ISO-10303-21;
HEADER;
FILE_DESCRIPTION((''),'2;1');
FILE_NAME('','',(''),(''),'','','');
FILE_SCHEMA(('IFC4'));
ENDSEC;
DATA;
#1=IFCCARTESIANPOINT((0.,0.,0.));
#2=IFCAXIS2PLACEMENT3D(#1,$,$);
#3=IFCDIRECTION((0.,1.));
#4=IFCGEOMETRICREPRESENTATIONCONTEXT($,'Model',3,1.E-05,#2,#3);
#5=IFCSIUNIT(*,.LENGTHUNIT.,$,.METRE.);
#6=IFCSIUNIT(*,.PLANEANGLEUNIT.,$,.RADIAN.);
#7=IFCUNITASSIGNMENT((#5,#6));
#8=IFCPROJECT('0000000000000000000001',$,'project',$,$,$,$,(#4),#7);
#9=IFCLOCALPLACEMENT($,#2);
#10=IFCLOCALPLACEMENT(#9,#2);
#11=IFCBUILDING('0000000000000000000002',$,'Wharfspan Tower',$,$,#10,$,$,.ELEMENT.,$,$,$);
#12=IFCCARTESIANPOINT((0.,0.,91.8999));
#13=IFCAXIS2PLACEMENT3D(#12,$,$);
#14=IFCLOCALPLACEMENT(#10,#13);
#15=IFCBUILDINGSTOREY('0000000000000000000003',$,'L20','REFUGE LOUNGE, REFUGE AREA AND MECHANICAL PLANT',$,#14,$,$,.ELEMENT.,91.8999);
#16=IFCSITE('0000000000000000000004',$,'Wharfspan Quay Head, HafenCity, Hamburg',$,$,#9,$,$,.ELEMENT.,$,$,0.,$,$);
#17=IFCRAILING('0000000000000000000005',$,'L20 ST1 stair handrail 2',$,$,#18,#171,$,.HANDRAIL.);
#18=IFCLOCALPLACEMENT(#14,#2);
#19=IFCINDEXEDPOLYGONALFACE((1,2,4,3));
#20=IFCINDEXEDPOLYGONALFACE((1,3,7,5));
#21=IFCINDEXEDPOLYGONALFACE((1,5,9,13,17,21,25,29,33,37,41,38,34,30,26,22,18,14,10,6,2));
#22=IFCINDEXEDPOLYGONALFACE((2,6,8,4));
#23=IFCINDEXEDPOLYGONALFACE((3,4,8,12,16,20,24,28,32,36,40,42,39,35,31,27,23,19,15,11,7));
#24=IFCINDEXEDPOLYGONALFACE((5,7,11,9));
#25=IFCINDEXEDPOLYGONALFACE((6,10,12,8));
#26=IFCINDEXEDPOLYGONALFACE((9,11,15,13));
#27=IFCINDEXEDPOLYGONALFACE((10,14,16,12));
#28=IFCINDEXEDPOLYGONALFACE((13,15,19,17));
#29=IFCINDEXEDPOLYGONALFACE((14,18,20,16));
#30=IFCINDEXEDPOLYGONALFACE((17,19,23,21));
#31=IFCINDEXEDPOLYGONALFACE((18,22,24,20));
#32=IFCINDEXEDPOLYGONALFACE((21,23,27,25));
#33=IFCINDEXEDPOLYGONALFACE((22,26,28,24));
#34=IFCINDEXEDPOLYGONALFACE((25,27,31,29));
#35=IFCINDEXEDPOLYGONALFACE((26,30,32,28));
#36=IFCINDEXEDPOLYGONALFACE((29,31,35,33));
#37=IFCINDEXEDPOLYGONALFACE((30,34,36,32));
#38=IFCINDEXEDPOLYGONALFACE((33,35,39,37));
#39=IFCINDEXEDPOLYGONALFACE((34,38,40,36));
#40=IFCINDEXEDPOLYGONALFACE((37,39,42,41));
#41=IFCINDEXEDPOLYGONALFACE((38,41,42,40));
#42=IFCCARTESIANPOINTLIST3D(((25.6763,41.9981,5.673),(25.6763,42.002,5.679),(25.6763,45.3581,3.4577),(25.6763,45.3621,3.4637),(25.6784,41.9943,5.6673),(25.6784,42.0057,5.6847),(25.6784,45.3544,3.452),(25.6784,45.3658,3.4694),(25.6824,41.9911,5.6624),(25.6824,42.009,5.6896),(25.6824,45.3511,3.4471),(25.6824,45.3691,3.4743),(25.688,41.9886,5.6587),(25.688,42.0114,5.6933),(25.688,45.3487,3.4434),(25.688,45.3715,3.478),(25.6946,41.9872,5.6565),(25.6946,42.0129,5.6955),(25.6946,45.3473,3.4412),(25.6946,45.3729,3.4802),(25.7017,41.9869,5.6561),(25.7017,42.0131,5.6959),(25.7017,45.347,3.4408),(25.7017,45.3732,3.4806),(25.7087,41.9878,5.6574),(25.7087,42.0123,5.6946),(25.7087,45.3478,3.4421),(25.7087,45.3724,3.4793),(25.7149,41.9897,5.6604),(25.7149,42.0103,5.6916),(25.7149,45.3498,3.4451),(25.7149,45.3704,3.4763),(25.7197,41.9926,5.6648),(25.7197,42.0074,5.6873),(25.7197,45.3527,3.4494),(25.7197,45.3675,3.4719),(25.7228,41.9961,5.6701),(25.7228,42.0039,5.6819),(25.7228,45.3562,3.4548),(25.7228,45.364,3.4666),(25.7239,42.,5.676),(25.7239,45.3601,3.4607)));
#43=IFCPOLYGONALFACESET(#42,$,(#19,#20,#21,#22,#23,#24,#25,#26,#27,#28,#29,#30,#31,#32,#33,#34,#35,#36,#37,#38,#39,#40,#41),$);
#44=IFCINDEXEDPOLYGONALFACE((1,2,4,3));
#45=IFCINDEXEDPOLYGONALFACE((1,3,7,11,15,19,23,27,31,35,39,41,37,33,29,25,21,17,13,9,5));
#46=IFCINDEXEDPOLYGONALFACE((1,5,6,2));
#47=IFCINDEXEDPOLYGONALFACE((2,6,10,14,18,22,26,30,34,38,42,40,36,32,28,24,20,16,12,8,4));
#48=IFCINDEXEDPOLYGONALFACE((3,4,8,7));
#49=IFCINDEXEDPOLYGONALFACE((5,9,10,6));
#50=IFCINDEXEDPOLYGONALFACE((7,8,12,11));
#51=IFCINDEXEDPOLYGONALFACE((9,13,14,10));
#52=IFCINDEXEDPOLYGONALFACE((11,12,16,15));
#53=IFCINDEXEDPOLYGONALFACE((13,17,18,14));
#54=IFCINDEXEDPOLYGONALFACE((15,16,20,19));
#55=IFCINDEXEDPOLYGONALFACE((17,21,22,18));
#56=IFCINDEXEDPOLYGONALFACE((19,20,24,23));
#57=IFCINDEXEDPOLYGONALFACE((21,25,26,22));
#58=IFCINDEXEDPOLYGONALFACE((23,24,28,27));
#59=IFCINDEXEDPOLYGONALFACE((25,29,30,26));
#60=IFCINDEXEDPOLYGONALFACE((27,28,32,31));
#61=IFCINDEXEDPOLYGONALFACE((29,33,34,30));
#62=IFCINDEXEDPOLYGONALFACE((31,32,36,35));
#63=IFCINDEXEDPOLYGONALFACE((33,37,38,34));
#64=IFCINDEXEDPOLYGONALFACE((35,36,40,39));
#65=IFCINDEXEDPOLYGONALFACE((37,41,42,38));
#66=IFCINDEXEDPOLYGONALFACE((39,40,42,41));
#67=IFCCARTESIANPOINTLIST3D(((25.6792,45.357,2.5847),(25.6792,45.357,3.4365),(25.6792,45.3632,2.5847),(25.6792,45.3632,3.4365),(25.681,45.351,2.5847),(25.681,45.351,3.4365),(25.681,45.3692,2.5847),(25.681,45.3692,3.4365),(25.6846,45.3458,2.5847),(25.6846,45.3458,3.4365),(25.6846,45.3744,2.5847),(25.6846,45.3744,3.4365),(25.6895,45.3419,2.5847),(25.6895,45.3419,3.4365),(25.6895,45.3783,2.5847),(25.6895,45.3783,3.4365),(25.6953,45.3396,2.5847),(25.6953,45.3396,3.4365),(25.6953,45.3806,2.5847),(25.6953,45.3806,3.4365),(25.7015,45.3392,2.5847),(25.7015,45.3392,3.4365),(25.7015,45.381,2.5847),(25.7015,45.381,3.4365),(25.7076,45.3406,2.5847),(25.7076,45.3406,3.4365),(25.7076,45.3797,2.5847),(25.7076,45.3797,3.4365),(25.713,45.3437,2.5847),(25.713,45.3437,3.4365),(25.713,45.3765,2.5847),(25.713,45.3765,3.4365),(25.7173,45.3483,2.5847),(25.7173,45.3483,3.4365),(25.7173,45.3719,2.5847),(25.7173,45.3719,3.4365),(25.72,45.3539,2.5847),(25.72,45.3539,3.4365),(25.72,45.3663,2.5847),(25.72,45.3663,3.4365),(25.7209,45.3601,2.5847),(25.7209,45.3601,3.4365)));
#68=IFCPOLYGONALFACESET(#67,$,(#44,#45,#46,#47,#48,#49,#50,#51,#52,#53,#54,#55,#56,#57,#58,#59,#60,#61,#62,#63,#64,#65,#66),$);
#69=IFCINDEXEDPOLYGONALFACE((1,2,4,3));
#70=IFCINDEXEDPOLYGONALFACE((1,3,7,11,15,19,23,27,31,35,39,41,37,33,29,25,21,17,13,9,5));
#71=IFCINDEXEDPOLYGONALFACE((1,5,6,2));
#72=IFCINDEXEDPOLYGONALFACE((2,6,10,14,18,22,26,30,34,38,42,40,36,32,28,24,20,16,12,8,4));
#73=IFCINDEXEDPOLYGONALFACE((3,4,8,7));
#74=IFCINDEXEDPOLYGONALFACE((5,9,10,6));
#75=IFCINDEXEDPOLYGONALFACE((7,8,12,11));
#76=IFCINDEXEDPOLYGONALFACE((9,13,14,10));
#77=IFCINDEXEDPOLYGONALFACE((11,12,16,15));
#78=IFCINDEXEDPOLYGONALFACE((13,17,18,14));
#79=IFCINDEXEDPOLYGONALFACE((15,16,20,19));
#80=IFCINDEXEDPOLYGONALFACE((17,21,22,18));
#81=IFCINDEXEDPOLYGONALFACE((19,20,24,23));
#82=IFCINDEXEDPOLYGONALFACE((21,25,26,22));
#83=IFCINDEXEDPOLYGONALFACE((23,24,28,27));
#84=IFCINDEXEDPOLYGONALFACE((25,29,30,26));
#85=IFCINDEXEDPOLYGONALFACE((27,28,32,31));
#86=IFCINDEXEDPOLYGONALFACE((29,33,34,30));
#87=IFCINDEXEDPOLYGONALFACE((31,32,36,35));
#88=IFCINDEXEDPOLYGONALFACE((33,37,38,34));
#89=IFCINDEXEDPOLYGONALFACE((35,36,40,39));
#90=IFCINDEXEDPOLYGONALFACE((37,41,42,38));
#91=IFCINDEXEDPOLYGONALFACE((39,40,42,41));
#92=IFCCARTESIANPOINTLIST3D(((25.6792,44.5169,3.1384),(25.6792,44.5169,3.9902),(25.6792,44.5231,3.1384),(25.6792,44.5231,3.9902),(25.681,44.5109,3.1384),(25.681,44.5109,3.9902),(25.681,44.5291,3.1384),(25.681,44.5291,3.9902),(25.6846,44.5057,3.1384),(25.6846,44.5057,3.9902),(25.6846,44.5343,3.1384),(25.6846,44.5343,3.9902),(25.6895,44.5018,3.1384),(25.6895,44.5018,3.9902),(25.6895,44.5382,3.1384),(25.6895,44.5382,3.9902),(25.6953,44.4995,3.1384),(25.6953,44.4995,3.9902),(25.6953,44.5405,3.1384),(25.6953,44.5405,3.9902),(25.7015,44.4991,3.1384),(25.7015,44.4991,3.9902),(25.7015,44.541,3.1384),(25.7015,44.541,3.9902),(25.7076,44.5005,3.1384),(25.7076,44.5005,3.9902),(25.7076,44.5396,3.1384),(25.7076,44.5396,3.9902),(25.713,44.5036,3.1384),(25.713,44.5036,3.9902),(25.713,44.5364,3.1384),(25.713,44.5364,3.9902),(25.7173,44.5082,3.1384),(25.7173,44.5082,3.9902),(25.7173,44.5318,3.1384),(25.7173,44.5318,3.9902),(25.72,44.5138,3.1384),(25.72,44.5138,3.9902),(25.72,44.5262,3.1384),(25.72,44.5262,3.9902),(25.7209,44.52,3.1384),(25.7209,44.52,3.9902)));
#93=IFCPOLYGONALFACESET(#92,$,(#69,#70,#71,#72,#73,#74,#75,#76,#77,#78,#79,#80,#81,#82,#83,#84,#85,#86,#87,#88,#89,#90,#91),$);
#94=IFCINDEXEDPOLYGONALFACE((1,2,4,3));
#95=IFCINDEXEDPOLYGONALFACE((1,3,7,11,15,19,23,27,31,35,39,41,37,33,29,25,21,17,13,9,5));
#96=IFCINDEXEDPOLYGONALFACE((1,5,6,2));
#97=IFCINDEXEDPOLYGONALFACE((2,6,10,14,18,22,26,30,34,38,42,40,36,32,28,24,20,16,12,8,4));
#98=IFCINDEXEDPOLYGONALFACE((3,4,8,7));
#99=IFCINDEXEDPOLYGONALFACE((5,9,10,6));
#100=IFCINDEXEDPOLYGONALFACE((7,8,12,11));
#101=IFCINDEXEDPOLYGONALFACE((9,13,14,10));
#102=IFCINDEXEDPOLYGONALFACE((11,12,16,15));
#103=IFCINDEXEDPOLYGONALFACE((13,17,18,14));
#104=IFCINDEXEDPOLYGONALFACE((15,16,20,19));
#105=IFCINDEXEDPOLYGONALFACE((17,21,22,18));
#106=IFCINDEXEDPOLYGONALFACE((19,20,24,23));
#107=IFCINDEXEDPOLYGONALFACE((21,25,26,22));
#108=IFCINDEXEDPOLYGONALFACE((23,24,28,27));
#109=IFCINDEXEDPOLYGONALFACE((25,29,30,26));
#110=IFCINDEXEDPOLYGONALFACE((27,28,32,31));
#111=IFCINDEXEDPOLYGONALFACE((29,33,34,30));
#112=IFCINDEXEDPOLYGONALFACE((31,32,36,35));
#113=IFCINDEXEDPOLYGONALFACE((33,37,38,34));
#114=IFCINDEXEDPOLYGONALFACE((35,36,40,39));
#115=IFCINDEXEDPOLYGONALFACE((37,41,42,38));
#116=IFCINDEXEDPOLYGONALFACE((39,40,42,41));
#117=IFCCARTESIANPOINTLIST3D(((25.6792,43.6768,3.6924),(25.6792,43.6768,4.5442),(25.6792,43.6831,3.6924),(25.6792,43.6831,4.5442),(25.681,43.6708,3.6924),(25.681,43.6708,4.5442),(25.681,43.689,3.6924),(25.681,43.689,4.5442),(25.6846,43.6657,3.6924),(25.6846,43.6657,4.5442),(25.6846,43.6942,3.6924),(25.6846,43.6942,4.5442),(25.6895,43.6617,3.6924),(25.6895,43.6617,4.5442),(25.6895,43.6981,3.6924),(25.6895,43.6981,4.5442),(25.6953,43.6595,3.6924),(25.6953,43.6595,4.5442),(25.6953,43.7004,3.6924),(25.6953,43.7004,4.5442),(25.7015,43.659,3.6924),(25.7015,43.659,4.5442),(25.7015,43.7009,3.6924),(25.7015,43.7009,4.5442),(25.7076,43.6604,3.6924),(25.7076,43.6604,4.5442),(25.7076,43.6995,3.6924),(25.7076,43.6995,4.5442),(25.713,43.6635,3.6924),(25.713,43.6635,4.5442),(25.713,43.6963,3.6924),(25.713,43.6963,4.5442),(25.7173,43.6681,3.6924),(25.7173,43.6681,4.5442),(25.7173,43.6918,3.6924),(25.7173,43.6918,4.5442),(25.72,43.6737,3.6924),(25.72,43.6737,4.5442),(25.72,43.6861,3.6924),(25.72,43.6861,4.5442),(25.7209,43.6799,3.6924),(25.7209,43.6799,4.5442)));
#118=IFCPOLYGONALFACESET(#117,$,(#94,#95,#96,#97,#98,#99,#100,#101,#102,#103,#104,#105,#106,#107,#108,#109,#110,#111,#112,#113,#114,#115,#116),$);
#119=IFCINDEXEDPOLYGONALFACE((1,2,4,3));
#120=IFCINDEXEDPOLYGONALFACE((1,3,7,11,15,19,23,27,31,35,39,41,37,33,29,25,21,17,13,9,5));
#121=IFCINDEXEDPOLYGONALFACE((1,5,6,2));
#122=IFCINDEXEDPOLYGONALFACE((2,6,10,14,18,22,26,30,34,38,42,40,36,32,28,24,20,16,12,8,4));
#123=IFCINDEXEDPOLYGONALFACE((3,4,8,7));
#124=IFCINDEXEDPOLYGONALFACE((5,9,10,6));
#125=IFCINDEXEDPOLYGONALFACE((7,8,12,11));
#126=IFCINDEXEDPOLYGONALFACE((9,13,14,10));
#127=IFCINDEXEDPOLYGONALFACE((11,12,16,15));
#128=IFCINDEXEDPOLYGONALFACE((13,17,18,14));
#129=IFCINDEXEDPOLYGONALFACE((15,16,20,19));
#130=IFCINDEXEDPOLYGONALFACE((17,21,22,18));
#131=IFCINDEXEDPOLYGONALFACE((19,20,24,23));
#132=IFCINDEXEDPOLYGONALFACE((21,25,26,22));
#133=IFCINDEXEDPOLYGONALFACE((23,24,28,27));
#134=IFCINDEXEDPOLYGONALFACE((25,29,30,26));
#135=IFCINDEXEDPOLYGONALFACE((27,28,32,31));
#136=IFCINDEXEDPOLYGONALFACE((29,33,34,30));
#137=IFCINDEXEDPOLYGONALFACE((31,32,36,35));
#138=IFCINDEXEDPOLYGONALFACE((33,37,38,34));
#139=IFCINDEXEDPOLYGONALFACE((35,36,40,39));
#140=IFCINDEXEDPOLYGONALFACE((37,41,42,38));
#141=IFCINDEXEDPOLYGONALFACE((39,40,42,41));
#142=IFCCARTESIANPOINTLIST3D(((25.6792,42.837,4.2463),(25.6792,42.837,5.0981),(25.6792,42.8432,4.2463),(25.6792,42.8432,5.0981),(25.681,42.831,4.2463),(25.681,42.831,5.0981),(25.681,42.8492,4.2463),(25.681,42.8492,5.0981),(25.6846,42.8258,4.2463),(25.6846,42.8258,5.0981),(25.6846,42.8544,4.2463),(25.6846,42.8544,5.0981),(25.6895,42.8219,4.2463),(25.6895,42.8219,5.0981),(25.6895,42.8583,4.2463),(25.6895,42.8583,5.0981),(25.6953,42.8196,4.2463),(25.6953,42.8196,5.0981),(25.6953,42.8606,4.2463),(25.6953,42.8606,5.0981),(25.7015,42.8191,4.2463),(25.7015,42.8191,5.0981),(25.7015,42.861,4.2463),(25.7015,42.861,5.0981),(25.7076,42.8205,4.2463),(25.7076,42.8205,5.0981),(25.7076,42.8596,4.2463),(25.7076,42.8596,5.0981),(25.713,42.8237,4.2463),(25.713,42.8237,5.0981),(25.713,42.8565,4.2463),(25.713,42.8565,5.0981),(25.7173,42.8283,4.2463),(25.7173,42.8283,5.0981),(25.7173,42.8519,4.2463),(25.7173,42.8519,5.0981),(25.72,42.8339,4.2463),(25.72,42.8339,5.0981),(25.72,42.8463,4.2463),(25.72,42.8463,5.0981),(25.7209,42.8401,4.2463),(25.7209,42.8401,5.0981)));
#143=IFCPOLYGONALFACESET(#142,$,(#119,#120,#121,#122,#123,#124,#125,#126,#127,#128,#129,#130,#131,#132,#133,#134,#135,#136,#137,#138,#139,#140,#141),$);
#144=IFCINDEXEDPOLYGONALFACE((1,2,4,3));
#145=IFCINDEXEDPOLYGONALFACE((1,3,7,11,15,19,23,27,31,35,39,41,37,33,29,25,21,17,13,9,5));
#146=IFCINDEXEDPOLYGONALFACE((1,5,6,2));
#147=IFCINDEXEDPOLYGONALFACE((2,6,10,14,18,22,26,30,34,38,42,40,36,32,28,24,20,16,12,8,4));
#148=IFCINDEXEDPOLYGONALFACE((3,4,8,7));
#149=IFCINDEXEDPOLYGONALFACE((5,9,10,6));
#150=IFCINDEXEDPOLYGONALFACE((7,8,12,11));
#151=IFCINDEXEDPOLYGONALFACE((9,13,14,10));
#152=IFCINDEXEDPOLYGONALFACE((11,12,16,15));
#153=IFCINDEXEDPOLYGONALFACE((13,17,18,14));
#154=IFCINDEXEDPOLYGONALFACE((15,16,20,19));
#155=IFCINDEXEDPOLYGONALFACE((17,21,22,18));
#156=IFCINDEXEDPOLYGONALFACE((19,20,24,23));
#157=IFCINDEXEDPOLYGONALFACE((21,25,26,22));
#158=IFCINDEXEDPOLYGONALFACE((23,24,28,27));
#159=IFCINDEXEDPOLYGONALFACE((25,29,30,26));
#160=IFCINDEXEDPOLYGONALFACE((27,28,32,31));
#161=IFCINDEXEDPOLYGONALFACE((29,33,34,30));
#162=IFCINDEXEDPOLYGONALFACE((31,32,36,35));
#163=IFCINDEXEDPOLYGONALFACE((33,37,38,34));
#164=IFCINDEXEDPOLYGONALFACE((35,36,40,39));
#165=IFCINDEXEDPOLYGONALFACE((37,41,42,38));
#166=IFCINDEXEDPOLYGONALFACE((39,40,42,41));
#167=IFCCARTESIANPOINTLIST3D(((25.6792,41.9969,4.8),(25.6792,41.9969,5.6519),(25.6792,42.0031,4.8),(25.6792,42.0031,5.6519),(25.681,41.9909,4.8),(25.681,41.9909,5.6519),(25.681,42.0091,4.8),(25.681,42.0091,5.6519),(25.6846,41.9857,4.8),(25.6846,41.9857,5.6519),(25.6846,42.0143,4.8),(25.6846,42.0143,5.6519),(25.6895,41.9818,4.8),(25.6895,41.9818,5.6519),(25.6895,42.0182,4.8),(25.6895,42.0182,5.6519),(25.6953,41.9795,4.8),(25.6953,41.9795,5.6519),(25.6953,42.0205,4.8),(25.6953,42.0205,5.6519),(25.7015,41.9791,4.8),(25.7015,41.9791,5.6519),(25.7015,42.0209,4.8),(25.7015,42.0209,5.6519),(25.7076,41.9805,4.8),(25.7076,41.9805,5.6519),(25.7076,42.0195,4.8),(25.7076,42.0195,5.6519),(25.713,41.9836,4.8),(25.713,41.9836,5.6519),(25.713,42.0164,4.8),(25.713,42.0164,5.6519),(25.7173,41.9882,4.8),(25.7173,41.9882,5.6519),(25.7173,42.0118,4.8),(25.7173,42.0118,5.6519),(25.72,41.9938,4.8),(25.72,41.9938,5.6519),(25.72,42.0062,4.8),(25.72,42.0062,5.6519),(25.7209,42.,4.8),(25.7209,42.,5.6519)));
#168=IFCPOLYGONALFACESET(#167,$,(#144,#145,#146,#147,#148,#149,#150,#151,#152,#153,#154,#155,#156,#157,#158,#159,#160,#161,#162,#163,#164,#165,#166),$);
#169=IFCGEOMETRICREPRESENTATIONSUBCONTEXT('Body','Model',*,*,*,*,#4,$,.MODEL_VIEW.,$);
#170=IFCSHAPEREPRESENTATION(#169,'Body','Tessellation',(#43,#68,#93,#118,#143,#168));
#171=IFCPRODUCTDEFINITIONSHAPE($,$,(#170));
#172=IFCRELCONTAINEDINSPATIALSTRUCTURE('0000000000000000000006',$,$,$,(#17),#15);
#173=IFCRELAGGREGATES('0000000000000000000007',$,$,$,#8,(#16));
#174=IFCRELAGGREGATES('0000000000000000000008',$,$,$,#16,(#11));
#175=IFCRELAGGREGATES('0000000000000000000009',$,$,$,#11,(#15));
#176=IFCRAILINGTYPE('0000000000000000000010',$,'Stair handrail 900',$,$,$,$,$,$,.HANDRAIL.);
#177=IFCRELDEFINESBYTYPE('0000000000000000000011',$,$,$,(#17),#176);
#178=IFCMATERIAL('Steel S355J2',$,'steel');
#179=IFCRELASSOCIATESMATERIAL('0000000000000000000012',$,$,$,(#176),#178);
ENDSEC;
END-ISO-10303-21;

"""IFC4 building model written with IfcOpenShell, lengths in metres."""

from ifc_helpers import new_model, si_unit, direction, frame, origin, origin_2d, place, context, subcontext, project, spatial, circle, extrude, material, type_object, element, save


model = new_model("IFC4")

# Units and contexts
model_context = context("Model", 3, precision=1e-05, world=origin(), true_north=direction((0.0, 1.0)))
body_context = subcontext(model_context, "Body", "Model", "MODEL_VIEW")
ifc_project = project(units=[si_unit("LENGTHUNIT", "METRE"), si_unit("PLANEANGLEUNIT", "RADIAN")], contexts=[model_context])

# Site, building, storey
site_placement = place(None, origin())
site = spatial("IfcSite", under=ifc_project, at=site_placement, Name="Wharfspan Quay Head, HafenCity, Hamburg", CompositionType="ELEMENT", RefElevation=0.0)
building_placement = place(site_placement, origin())
building = spatial("IfcBuilding", under=site, at=building_placement, Name="Wharfspan Tower", CompositionType="ELEMENT")
storey_placement = place(building_placement, frame((0.0, 0.0, 91.8999)))
storey = spatial("IfcBuildingStorey", under=building, at=storey_placement, Name="L20", Description="REFUGE LOUNGE, REFUGE AREA AND MECHANICAL PLANT", CompositionType="ELEMENT", Elevation=91.8999)

# Shared definitions
ifc_material_1 = material(Name="Steel S355J2", Category="steel")

# Railing
railing_type_1 = type_object("IfcRailingType", Name="Stair handrail 900", PredefinedType="HANDRAIL", material=ifc_material_1)
railing_1_placement = place(storey_placement, frame((25.7, 45.3601, 2.5847)))
element("IfcRailing", 1, at=railing_1_placement, inside=storey, type_object=railing_type_1, Name="L20 ST1 stair handrail 2", PredefinedType="HANDRAIL", context=body_context, shape_type="SweptSolid", body=[
    extrude(circle(Radius=0.0239, at=origin_2d()), frame((0.0, 0.0, 0.876), z_axis=(0.0, -0.834876, 0.550437), x_axis=(1.0, 0.0, 0.0)), (0.0, 0.0, 1.0), 4.0247),
    extrude(circle(Radius=0.021, at=origin_2d()), origin(), (0.0, 0.0, 1.0), 0.8518),
    extrude(circle(Radius=0.021, at=origin_2d()), frame((0.0, -0.8401, 0.5537)), (0.0, 0.0, 1.0), 0.8518),
    extrude(circle(Radius=0.021, at=origin_2d()), frame((0.0, -1.6802, 1.1077)), (0.0, 0.0, 1.0), 0.8518),
    extrude(circle(Radius=0.021, at=origin_2d()), frame((0.0, -2.52, 1.6616)), (0.0, 0.0, 1.0), 0.8518),
    extrude(circle(Radius=0.021, at=origin_2d()), frame((0.0, -3.3601, 2.2153)), (0.0, 0.0, 1.0), 0.8518),
])

save(model, "model.ifc")
